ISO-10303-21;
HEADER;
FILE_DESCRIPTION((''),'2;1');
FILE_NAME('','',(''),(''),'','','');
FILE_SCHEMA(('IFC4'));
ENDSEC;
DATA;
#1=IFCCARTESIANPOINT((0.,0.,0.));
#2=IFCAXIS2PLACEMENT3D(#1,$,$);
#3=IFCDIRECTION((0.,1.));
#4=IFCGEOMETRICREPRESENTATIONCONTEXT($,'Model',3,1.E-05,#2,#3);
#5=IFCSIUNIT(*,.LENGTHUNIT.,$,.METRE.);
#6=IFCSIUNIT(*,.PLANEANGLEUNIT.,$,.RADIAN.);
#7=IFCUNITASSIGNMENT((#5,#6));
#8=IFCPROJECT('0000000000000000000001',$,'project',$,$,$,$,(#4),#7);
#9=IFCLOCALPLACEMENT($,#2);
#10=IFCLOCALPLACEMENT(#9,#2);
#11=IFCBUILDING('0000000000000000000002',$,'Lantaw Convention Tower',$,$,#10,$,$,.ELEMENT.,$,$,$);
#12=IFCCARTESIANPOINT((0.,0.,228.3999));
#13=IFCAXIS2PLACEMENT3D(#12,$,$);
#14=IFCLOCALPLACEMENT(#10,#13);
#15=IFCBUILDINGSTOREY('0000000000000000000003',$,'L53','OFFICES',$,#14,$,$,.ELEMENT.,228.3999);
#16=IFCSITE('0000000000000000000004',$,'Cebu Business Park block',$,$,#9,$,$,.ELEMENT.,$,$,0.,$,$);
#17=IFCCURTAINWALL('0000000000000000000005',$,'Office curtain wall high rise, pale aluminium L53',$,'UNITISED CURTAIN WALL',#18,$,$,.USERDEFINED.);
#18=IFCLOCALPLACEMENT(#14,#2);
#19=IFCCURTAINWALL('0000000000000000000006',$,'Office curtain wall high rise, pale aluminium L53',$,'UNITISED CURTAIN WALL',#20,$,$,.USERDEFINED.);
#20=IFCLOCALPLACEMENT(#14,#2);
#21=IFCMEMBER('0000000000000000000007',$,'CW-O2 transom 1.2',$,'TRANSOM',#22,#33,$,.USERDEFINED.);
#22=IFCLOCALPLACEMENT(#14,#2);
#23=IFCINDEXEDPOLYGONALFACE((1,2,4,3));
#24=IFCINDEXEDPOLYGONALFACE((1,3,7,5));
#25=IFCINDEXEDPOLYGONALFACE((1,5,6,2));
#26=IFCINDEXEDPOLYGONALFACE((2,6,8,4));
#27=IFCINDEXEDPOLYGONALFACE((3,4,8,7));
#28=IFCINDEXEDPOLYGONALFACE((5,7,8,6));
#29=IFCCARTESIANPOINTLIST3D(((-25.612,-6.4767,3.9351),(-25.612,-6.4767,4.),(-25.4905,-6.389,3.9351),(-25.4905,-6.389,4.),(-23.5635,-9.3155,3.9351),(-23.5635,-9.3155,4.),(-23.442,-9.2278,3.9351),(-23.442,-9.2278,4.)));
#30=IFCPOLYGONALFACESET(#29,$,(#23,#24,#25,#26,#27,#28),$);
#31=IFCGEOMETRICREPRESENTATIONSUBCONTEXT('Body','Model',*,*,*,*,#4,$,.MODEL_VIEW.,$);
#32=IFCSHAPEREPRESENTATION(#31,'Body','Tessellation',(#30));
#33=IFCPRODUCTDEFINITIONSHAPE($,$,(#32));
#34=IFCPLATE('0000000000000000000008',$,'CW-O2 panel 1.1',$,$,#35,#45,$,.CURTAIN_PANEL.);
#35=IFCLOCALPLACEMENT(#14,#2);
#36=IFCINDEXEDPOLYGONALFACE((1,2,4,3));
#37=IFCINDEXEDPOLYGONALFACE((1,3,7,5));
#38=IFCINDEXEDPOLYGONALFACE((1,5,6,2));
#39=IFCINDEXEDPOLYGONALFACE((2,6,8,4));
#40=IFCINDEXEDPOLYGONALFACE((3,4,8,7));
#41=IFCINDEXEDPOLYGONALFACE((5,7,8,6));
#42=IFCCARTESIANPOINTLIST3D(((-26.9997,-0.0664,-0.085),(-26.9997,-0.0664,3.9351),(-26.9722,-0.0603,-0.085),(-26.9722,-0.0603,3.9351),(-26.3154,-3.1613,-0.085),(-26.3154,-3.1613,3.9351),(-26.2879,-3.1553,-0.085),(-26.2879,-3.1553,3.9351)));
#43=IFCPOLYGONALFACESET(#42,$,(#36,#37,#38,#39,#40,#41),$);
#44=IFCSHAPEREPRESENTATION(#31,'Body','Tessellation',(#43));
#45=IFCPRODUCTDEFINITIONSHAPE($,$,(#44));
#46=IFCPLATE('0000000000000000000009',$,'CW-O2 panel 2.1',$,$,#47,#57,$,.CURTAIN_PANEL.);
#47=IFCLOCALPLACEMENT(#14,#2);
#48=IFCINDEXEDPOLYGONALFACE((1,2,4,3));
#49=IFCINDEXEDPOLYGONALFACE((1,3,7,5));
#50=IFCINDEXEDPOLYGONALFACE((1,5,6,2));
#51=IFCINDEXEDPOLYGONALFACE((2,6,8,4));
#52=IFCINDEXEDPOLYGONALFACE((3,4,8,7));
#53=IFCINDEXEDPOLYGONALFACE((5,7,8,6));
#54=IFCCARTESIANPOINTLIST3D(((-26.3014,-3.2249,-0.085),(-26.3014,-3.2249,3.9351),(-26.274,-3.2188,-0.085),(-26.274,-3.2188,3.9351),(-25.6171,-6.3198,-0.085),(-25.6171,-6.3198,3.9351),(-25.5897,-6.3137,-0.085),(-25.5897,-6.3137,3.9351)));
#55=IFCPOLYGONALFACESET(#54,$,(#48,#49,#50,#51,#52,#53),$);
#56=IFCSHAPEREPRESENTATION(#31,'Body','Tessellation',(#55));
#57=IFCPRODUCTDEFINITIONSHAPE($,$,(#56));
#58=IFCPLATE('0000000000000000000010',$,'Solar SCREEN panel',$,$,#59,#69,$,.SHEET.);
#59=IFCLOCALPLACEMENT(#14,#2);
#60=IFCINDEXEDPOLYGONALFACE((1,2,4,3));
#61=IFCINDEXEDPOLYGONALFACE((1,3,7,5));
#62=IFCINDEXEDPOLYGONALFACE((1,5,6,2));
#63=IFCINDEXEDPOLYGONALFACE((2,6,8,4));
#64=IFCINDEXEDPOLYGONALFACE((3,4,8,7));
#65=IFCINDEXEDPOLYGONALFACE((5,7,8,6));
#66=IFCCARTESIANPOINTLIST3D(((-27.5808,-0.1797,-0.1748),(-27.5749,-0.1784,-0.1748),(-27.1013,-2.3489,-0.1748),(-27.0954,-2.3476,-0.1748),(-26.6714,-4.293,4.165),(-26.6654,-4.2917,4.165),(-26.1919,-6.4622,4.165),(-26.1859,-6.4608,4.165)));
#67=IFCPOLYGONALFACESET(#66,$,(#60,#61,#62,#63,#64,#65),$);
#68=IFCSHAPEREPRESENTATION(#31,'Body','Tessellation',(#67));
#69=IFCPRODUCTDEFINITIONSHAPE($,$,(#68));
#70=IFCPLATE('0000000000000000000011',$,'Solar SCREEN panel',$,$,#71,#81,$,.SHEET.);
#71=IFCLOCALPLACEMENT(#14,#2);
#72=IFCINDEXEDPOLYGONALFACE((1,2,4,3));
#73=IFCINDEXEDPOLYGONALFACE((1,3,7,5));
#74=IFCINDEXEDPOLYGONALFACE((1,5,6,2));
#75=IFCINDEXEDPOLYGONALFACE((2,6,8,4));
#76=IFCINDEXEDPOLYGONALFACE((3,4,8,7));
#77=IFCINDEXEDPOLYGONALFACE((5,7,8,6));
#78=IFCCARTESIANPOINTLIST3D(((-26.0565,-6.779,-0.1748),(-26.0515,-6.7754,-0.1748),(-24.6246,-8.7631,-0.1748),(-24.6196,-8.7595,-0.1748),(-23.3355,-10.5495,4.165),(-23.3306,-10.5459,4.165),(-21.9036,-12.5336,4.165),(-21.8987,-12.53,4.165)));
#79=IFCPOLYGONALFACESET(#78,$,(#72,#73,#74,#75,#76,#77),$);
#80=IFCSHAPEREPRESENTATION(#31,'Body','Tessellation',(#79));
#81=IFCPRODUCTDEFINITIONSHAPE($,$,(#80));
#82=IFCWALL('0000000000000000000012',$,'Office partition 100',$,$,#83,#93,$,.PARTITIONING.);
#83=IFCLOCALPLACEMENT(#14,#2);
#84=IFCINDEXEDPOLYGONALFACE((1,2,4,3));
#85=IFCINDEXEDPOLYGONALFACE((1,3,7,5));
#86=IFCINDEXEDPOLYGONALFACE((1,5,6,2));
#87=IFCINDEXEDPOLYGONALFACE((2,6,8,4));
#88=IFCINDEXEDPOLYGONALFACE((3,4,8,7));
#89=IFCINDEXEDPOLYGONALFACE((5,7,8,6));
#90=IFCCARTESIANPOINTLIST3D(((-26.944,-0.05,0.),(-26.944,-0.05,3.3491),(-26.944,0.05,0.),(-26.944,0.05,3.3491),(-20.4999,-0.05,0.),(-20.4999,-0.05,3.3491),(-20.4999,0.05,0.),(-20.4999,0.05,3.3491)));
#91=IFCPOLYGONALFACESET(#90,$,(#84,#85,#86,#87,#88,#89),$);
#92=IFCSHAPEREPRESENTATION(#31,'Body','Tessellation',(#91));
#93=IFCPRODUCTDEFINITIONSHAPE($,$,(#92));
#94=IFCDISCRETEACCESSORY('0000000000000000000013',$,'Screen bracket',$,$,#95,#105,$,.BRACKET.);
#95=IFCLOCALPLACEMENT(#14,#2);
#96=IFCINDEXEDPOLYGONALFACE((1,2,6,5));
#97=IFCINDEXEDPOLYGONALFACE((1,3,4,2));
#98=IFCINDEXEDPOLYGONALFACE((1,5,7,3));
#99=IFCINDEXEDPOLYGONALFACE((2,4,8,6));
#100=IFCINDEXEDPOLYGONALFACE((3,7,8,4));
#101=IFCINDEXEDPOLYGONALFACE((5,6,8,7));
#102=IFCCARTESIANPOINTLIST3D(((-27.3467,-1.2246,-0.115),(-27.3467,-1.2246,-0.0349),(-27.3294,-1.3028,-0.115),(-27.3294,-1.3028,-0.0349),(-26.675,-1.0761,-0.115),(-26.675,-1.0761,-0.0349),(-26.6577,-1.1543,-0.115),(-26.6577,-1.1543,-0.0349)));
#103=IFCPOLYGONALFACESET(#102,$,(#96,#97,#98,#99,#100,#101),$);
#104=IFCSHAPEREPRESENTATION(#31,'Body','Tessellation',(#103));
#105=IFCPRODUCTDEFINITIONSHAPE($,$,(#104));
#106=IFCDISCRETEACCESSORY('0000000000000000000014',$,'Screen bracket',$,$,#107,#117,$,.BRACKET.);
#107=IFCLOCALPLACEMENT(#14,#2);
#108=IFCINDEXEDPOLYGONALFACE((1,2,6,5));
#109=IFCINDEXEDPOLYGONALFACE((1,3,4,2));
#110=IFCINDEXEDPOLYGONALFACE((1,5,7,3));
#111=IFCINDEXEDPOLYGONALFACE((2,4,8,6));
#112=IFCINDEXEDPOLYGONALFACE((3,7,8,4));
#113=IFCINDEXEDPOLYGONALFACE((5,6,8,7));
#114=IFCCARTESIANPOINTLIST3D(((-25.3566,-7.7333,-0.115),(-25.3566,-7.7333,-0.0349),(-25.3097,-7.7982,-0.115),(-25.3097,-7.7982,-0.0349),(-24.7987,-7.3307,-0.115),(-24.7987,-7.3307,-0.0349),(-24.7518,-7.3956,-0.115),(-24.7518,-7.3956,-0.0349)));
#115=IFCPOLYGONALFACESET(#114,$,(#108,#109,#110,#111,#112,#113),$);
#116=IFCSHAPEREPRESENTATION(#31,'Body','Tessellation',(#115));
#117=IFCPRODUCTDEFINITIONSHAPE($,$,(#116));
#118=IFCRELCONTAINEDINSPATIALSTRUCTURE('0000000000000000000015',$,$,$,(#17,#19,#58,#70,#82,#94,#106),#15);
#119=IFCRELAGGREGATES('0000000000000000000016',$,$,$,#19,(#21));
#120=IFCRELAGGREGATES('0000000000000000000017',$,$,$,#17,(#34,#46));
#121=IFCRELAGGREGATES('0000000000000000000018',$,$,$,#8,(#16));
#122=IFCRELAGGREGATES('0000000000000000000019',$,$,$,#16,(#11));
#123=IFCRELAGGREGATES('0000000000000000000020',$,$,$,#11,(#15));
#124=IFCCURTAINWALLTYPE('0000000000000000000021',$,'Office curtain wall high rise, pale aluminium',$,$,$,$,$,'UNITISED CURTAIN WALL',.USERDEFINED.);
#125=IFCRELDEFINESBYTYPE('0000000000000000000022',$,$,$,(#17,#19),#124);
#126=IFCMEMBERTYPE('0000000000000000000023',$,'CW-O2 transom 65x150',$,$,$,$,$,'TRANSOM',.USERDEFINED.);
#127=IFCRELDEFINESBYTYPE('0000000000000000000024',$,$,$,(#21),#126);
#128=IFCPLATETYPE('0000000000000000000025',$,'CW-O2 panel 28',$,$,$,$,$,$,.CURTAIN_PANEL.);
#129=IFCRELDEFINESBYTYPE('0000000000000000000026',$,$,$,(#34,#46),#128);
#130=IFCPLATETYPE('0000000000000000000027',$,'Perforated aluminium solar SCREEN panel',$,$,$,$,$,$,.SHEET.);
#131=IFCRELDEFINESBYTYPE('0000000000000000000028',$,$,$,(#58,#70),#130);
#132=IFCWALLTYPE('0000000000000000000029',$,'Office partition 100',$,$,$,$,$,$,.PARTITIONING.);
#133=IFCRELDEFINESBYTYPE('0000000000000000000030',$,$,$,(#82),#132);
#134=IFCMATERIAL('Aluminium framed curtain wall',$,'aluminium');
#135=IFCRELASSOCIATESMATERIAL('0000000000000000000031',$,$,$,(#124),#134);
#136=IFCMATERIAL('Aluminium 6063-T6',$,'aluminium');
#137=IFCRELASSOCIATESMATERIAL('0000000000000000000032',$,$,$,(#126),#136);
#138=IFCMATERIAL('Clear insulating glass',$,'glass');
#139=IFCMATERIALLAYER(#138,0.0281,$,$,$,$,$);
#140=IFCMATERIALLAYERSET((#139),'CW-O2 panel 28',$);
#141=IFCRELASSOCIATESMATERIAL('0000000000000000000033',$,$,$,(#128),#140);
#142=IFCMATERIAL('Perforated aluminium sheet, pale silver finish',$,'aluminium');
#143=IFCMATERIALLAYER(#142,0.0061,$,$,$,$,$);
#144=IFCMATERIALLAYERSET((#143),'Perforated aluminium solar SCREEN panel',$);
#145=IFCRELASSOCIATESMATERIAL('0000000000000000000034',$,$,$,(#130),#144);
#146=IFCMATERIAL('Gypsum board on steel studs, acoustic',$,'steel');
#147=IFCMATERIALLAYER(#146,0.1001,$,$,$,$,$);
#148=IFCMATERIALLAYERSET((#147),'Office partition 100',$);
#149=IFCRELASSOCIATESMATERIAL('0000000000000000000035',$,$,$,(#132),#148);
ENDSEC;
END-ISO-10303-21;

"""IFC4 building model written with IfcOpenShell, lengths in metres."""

from ifc_helpers import new_model, si_unit, direction, frame, frame_2d, origin, origin_2d, place, context, subcontext, project, spatial, polyline, rectangle, outline, extrude, material, layer, layer_set, material_profile, profile_set, type_object, element, aggregate, save


model = new_model("IFC4")

# Units and contexts
model_context = context("Model", 3, precision=1e-05, world=origin(), true_north=direction((0.0, 1.0)))
body_context = subcontext(model_context, "Body", "Model", "MODEL_VIEW")
ifc_project = project(units=[si_unit("LENGTHUNIT", "METRE"), si_unit("PLANEANGLEUNIT", "RADIAN")], contexts=[model_context])

# Site, building, storey
site_placement = place(None, origin())
site = spatial("IfcSite", under=ifc_project, at=site_placement, Name="Cebu Business Park block", CompositionType="ELEMENT", RefElevation=0.0)
building_placement = place(site_placement, origin())
building = spatial("IfcBuilding", under=site, at=building_placement, Name="Lantaw Convention Tower", CompositionType="ELEMENT")
storey_placement = place(building_placement, frame((0.0, 0.0, 228.3999)))
storey = spatial("IfcBuildingStorey", under=building, at=storey_placement, Name="L53", Description="OFFICES", CompositionType="ELEMENT", Elevation=228.3999)

# Curtain wall
ifc_material_1 = material(Name="Aluminium framed curtain wall", Category="aluminium")
curtain_wall_type = type_object("IfcCurtainWallType", Name="Office curtain wall high rise, pale aluminium", ElementType="UNITISED CURTAIN WALL", PredefinedType="USERDEFINED", material=ifc_material_1)
curtain_wall_1_placement = place(storey_placement, origin())
curtain_wall_1 = element("IfcCurtainWall", 1, at=curtain_wall_1_placement, inside=storey, type_object=curtain_wall_type, Name="Office curtain wall high rise, pale aluminium L53", ObjectType="UNITISED CURTAIN WALL", PredefinedType="USERDEFINED")
ifc_material_2 = material(Name="Aluminium 6063-T6", Category="aluminium")

# Curtain wall
curtain_wall_2_placement = place(storey_placement, origin())
curtain_wall_2 = element("IfcCurtainWall", 2, at=curtain_wall_2_placement, inside=storey, type_object=curtain_wall_type, Name="Office curtain wall high rise, pale aluminium L53", ObjectType="UNITISED CURTAIN WALL", PredefinedType="USERDEFINED")

# Member
ifc_material_profile_1 = material_profile(ifc_material_2, rectangle(XDim=0.1499, YDim=0.0649, at=origin_2d()), Name="CW-O2 transom 65x150")
ifc_profile_set_1 = profile_set([ifc_material_profile_1], Name="Aluminium 6063-T6")
member_type_1 = type_object("IfcMemberType", Name="CW-O2 transom 65x150", ElementType="TRANSOM", PredefinedType="USERDEFINED", material=ifc_profile_set_1)
member_1_placement = place(storey_placement, frame((-25.5513, -6.4329, 3.9675), z_axis=(0.58517, -0.810911, 0.0), x_axis=(0.810911, 0.58517, 0.0)))
member_1 = element("IfcMember", 3, at=member_1_placement, type_object=member_type_1, Name="CW-O2 transom 1.2", ObjectType="TRANSOM", PredefinedType="USERDEFINED", context=body_context, shape_type="SweptSolid", body=[
    extrude(rectangle(XDim=0.1499, YDim=0.0649, at=origin_2d()), origin(), (0.0, 0.0, 1.0), 3.5007),
])
aggregate(curtain_wall_2, [member_1])

# Plates
ifc_material_3 = material(Name="Clear insulating glass", Category="glass")
ifc_layer_1 = layer(ifc_material_3, 0.0281)
ifc_layer_set_1 = layer_set([ifc_layer_1], Name="CW-O2 panel 28")
plate_type_1 = type_object("IfcPlateType", Name="CW-O2 panel 28", PredefinedType="CURTAIN_PANEL", material=ifc_layer_set_1)
plate_1_placement = place(storey_placement, frame((-26.6438, -1.6108, -0.085), z_axis=(0.0, 0.0, 1.0), x_axis=(0.215891, -0.976417, 0.0)))
plate_1 = element("IfcPlate", 4, at=plate_1_placement, type_object=plate_type_1, Name="CW-O2 panel 1.1", PredefinedType="CURTAIN_PANEL", context=body_context, shape_type="SweptSolid", body=[
    extrude(rectangle(XDim=3.1697, YDim=0.0281, at=origin_2d()), origin(), (0.0, 0.0, 1.0), 4.02),
])
plate_2_placement = place(storey_placement, frame((-25.9456, -4.7693, -0.085), z_axis=(0.0, 0.0, 1.0), x_axis=(0.215891, -0.976417, 0.0)))
plate_2 = element("IfcPlate", 5, at=plate_2_placement, type_object=plate_type_1, Name="CW-O2 panel 2.1", PredefinedType="CURTAIN_PANEL", context=body_context, shape_type="SweptSolid", body=[
    extrude(rectangle(XDim=3.1697, YDim=0.0281, at=origin_2d()), origin(), (0.0, 0.0, 1.0), 4.02),
])
aggregate(curtain_wall_1, [plate_1, plate_2])

# Plates
ifc_material_4 = material(Name="Perforated aluminium sheet, pale silver finish", Category="aluminium")
ifc_layer_2 = layer(ifc_material_4, 0.0061)
ifc_layer_set_2 = layer_set([ifc_layer_2], Name="Perforated aluminium solar SCREEN panel")
plate_type_2 = type_object("IfcPlateType", Name="Perforated aluminium solar SCREEN panel", PredefinedType="SHEET", material=ifc_layer_set_2)
plate_3_placement = place(storey_placement, frame((-27.5808, -0.1797, -0.1748), z_axis=(-0.97643, -0.215837, 0.000044), x_axis=(0.215837, -0.97643, 0.0)))
element("IfcPlate", 6, at=plate_3_placement, inside=storey, type_object=plate_type_2, Name="Solar SCREEN panel", PredefinedType="SHEET", context=body_context, shape_type="SweptSolid", body=[
    extrude(outline(polyline([(0.0, 0.0), (2.2216, 0.0), (6.4342, 4.3398), (4.2126, 4.3398), (0.0, 0.0)])), origin(), (0.0, 0.0, -1.0), 0.0061),
])
plate_4_placement = place(storey_placement, frame((-26.0515, -6.7754, -0.1748), z_axis=(0.810892, 0.585195, 0.00002), x_axis=(0.585195, -0.810892, 0.0)))
element("IfcPlate", 7, at=plate_4_placement, inside=storey, type_object=plate_type_2, Name="Solar SCREEN panel", PredefinedType="SHEET", context=body_context, shape_type="SweptSolid", body=[
    extrude(outline(polyline([(0.0, 0.0), (2.4468, 0.0), (7.0966, -4.3398), (4.6498, -4.3398), (0.0, 0.0)])), origin(), (0.0, 0.0, -1.0), 0.0061),
])

# Wall
ifc_material_5 = material(Name="Gypsum board on steel studs, acoustic", Category="steel")
ifc_layer_3 = layer(ifc_material_5, 0.1001)
ifc_layer_set_3 = layer_set([ifc_layer_3], Name="Office partition 100")
wall_type = type_object("IfcWallType", Name="Office partition 100", PredefinedType="PARTITIONING", material=ifc_layer_set_3)
wall_placement = place(storey_placement, frame((-26.9441, 0.0, 0.0), z_axis=(0.0, 0.0, 1.0), x_axis=(1.0, 0.0, 0.0)))
element("IfcWall", 8, at=wall_placement, inside=storey, type_object=wall_type, Name="Office partition 100", PredefinedType="PARTITIONING", context=body_context, shape_type="SweptSolid", body=[
    extrude(rectangle(XDim=6.4441, YDim=0.1001, at=frame_2d((3.2222, 0.0))), origin(), (0.0, 0.0, 1.0), 3.3491),
])

# Discrete accessories
for number, where, z_axis, x_axis, name in (
    (9, (-27.0022, -1.1895, -0.115), (0.0, 0.0, 1.0), (0.215891, -0.976417, 0.0), "Screen bracket"),
    (10, (-25.0542, -7.5645, -0.115), (0.0, 0.0, 1.0), (0.585158, -0.81092, 0.0), "Screen bracket"),
):
    element("IfcDiscreteAccessory", number, at=place(storey_placement, frame(where, z_axis=z_axis, x_axis=x_axis)), inside=storey, Name=name, PredefinedType="BRACKET", context=body_context, shape_type="SweptSolid", body=[
        extrude(rectangle(XDim=0.0801, YDim=0.688, at=origin_2d()), origin(), (0.0, 0.0, 1.0), 0.0801),
    ])

save(model, "model.ifc")
